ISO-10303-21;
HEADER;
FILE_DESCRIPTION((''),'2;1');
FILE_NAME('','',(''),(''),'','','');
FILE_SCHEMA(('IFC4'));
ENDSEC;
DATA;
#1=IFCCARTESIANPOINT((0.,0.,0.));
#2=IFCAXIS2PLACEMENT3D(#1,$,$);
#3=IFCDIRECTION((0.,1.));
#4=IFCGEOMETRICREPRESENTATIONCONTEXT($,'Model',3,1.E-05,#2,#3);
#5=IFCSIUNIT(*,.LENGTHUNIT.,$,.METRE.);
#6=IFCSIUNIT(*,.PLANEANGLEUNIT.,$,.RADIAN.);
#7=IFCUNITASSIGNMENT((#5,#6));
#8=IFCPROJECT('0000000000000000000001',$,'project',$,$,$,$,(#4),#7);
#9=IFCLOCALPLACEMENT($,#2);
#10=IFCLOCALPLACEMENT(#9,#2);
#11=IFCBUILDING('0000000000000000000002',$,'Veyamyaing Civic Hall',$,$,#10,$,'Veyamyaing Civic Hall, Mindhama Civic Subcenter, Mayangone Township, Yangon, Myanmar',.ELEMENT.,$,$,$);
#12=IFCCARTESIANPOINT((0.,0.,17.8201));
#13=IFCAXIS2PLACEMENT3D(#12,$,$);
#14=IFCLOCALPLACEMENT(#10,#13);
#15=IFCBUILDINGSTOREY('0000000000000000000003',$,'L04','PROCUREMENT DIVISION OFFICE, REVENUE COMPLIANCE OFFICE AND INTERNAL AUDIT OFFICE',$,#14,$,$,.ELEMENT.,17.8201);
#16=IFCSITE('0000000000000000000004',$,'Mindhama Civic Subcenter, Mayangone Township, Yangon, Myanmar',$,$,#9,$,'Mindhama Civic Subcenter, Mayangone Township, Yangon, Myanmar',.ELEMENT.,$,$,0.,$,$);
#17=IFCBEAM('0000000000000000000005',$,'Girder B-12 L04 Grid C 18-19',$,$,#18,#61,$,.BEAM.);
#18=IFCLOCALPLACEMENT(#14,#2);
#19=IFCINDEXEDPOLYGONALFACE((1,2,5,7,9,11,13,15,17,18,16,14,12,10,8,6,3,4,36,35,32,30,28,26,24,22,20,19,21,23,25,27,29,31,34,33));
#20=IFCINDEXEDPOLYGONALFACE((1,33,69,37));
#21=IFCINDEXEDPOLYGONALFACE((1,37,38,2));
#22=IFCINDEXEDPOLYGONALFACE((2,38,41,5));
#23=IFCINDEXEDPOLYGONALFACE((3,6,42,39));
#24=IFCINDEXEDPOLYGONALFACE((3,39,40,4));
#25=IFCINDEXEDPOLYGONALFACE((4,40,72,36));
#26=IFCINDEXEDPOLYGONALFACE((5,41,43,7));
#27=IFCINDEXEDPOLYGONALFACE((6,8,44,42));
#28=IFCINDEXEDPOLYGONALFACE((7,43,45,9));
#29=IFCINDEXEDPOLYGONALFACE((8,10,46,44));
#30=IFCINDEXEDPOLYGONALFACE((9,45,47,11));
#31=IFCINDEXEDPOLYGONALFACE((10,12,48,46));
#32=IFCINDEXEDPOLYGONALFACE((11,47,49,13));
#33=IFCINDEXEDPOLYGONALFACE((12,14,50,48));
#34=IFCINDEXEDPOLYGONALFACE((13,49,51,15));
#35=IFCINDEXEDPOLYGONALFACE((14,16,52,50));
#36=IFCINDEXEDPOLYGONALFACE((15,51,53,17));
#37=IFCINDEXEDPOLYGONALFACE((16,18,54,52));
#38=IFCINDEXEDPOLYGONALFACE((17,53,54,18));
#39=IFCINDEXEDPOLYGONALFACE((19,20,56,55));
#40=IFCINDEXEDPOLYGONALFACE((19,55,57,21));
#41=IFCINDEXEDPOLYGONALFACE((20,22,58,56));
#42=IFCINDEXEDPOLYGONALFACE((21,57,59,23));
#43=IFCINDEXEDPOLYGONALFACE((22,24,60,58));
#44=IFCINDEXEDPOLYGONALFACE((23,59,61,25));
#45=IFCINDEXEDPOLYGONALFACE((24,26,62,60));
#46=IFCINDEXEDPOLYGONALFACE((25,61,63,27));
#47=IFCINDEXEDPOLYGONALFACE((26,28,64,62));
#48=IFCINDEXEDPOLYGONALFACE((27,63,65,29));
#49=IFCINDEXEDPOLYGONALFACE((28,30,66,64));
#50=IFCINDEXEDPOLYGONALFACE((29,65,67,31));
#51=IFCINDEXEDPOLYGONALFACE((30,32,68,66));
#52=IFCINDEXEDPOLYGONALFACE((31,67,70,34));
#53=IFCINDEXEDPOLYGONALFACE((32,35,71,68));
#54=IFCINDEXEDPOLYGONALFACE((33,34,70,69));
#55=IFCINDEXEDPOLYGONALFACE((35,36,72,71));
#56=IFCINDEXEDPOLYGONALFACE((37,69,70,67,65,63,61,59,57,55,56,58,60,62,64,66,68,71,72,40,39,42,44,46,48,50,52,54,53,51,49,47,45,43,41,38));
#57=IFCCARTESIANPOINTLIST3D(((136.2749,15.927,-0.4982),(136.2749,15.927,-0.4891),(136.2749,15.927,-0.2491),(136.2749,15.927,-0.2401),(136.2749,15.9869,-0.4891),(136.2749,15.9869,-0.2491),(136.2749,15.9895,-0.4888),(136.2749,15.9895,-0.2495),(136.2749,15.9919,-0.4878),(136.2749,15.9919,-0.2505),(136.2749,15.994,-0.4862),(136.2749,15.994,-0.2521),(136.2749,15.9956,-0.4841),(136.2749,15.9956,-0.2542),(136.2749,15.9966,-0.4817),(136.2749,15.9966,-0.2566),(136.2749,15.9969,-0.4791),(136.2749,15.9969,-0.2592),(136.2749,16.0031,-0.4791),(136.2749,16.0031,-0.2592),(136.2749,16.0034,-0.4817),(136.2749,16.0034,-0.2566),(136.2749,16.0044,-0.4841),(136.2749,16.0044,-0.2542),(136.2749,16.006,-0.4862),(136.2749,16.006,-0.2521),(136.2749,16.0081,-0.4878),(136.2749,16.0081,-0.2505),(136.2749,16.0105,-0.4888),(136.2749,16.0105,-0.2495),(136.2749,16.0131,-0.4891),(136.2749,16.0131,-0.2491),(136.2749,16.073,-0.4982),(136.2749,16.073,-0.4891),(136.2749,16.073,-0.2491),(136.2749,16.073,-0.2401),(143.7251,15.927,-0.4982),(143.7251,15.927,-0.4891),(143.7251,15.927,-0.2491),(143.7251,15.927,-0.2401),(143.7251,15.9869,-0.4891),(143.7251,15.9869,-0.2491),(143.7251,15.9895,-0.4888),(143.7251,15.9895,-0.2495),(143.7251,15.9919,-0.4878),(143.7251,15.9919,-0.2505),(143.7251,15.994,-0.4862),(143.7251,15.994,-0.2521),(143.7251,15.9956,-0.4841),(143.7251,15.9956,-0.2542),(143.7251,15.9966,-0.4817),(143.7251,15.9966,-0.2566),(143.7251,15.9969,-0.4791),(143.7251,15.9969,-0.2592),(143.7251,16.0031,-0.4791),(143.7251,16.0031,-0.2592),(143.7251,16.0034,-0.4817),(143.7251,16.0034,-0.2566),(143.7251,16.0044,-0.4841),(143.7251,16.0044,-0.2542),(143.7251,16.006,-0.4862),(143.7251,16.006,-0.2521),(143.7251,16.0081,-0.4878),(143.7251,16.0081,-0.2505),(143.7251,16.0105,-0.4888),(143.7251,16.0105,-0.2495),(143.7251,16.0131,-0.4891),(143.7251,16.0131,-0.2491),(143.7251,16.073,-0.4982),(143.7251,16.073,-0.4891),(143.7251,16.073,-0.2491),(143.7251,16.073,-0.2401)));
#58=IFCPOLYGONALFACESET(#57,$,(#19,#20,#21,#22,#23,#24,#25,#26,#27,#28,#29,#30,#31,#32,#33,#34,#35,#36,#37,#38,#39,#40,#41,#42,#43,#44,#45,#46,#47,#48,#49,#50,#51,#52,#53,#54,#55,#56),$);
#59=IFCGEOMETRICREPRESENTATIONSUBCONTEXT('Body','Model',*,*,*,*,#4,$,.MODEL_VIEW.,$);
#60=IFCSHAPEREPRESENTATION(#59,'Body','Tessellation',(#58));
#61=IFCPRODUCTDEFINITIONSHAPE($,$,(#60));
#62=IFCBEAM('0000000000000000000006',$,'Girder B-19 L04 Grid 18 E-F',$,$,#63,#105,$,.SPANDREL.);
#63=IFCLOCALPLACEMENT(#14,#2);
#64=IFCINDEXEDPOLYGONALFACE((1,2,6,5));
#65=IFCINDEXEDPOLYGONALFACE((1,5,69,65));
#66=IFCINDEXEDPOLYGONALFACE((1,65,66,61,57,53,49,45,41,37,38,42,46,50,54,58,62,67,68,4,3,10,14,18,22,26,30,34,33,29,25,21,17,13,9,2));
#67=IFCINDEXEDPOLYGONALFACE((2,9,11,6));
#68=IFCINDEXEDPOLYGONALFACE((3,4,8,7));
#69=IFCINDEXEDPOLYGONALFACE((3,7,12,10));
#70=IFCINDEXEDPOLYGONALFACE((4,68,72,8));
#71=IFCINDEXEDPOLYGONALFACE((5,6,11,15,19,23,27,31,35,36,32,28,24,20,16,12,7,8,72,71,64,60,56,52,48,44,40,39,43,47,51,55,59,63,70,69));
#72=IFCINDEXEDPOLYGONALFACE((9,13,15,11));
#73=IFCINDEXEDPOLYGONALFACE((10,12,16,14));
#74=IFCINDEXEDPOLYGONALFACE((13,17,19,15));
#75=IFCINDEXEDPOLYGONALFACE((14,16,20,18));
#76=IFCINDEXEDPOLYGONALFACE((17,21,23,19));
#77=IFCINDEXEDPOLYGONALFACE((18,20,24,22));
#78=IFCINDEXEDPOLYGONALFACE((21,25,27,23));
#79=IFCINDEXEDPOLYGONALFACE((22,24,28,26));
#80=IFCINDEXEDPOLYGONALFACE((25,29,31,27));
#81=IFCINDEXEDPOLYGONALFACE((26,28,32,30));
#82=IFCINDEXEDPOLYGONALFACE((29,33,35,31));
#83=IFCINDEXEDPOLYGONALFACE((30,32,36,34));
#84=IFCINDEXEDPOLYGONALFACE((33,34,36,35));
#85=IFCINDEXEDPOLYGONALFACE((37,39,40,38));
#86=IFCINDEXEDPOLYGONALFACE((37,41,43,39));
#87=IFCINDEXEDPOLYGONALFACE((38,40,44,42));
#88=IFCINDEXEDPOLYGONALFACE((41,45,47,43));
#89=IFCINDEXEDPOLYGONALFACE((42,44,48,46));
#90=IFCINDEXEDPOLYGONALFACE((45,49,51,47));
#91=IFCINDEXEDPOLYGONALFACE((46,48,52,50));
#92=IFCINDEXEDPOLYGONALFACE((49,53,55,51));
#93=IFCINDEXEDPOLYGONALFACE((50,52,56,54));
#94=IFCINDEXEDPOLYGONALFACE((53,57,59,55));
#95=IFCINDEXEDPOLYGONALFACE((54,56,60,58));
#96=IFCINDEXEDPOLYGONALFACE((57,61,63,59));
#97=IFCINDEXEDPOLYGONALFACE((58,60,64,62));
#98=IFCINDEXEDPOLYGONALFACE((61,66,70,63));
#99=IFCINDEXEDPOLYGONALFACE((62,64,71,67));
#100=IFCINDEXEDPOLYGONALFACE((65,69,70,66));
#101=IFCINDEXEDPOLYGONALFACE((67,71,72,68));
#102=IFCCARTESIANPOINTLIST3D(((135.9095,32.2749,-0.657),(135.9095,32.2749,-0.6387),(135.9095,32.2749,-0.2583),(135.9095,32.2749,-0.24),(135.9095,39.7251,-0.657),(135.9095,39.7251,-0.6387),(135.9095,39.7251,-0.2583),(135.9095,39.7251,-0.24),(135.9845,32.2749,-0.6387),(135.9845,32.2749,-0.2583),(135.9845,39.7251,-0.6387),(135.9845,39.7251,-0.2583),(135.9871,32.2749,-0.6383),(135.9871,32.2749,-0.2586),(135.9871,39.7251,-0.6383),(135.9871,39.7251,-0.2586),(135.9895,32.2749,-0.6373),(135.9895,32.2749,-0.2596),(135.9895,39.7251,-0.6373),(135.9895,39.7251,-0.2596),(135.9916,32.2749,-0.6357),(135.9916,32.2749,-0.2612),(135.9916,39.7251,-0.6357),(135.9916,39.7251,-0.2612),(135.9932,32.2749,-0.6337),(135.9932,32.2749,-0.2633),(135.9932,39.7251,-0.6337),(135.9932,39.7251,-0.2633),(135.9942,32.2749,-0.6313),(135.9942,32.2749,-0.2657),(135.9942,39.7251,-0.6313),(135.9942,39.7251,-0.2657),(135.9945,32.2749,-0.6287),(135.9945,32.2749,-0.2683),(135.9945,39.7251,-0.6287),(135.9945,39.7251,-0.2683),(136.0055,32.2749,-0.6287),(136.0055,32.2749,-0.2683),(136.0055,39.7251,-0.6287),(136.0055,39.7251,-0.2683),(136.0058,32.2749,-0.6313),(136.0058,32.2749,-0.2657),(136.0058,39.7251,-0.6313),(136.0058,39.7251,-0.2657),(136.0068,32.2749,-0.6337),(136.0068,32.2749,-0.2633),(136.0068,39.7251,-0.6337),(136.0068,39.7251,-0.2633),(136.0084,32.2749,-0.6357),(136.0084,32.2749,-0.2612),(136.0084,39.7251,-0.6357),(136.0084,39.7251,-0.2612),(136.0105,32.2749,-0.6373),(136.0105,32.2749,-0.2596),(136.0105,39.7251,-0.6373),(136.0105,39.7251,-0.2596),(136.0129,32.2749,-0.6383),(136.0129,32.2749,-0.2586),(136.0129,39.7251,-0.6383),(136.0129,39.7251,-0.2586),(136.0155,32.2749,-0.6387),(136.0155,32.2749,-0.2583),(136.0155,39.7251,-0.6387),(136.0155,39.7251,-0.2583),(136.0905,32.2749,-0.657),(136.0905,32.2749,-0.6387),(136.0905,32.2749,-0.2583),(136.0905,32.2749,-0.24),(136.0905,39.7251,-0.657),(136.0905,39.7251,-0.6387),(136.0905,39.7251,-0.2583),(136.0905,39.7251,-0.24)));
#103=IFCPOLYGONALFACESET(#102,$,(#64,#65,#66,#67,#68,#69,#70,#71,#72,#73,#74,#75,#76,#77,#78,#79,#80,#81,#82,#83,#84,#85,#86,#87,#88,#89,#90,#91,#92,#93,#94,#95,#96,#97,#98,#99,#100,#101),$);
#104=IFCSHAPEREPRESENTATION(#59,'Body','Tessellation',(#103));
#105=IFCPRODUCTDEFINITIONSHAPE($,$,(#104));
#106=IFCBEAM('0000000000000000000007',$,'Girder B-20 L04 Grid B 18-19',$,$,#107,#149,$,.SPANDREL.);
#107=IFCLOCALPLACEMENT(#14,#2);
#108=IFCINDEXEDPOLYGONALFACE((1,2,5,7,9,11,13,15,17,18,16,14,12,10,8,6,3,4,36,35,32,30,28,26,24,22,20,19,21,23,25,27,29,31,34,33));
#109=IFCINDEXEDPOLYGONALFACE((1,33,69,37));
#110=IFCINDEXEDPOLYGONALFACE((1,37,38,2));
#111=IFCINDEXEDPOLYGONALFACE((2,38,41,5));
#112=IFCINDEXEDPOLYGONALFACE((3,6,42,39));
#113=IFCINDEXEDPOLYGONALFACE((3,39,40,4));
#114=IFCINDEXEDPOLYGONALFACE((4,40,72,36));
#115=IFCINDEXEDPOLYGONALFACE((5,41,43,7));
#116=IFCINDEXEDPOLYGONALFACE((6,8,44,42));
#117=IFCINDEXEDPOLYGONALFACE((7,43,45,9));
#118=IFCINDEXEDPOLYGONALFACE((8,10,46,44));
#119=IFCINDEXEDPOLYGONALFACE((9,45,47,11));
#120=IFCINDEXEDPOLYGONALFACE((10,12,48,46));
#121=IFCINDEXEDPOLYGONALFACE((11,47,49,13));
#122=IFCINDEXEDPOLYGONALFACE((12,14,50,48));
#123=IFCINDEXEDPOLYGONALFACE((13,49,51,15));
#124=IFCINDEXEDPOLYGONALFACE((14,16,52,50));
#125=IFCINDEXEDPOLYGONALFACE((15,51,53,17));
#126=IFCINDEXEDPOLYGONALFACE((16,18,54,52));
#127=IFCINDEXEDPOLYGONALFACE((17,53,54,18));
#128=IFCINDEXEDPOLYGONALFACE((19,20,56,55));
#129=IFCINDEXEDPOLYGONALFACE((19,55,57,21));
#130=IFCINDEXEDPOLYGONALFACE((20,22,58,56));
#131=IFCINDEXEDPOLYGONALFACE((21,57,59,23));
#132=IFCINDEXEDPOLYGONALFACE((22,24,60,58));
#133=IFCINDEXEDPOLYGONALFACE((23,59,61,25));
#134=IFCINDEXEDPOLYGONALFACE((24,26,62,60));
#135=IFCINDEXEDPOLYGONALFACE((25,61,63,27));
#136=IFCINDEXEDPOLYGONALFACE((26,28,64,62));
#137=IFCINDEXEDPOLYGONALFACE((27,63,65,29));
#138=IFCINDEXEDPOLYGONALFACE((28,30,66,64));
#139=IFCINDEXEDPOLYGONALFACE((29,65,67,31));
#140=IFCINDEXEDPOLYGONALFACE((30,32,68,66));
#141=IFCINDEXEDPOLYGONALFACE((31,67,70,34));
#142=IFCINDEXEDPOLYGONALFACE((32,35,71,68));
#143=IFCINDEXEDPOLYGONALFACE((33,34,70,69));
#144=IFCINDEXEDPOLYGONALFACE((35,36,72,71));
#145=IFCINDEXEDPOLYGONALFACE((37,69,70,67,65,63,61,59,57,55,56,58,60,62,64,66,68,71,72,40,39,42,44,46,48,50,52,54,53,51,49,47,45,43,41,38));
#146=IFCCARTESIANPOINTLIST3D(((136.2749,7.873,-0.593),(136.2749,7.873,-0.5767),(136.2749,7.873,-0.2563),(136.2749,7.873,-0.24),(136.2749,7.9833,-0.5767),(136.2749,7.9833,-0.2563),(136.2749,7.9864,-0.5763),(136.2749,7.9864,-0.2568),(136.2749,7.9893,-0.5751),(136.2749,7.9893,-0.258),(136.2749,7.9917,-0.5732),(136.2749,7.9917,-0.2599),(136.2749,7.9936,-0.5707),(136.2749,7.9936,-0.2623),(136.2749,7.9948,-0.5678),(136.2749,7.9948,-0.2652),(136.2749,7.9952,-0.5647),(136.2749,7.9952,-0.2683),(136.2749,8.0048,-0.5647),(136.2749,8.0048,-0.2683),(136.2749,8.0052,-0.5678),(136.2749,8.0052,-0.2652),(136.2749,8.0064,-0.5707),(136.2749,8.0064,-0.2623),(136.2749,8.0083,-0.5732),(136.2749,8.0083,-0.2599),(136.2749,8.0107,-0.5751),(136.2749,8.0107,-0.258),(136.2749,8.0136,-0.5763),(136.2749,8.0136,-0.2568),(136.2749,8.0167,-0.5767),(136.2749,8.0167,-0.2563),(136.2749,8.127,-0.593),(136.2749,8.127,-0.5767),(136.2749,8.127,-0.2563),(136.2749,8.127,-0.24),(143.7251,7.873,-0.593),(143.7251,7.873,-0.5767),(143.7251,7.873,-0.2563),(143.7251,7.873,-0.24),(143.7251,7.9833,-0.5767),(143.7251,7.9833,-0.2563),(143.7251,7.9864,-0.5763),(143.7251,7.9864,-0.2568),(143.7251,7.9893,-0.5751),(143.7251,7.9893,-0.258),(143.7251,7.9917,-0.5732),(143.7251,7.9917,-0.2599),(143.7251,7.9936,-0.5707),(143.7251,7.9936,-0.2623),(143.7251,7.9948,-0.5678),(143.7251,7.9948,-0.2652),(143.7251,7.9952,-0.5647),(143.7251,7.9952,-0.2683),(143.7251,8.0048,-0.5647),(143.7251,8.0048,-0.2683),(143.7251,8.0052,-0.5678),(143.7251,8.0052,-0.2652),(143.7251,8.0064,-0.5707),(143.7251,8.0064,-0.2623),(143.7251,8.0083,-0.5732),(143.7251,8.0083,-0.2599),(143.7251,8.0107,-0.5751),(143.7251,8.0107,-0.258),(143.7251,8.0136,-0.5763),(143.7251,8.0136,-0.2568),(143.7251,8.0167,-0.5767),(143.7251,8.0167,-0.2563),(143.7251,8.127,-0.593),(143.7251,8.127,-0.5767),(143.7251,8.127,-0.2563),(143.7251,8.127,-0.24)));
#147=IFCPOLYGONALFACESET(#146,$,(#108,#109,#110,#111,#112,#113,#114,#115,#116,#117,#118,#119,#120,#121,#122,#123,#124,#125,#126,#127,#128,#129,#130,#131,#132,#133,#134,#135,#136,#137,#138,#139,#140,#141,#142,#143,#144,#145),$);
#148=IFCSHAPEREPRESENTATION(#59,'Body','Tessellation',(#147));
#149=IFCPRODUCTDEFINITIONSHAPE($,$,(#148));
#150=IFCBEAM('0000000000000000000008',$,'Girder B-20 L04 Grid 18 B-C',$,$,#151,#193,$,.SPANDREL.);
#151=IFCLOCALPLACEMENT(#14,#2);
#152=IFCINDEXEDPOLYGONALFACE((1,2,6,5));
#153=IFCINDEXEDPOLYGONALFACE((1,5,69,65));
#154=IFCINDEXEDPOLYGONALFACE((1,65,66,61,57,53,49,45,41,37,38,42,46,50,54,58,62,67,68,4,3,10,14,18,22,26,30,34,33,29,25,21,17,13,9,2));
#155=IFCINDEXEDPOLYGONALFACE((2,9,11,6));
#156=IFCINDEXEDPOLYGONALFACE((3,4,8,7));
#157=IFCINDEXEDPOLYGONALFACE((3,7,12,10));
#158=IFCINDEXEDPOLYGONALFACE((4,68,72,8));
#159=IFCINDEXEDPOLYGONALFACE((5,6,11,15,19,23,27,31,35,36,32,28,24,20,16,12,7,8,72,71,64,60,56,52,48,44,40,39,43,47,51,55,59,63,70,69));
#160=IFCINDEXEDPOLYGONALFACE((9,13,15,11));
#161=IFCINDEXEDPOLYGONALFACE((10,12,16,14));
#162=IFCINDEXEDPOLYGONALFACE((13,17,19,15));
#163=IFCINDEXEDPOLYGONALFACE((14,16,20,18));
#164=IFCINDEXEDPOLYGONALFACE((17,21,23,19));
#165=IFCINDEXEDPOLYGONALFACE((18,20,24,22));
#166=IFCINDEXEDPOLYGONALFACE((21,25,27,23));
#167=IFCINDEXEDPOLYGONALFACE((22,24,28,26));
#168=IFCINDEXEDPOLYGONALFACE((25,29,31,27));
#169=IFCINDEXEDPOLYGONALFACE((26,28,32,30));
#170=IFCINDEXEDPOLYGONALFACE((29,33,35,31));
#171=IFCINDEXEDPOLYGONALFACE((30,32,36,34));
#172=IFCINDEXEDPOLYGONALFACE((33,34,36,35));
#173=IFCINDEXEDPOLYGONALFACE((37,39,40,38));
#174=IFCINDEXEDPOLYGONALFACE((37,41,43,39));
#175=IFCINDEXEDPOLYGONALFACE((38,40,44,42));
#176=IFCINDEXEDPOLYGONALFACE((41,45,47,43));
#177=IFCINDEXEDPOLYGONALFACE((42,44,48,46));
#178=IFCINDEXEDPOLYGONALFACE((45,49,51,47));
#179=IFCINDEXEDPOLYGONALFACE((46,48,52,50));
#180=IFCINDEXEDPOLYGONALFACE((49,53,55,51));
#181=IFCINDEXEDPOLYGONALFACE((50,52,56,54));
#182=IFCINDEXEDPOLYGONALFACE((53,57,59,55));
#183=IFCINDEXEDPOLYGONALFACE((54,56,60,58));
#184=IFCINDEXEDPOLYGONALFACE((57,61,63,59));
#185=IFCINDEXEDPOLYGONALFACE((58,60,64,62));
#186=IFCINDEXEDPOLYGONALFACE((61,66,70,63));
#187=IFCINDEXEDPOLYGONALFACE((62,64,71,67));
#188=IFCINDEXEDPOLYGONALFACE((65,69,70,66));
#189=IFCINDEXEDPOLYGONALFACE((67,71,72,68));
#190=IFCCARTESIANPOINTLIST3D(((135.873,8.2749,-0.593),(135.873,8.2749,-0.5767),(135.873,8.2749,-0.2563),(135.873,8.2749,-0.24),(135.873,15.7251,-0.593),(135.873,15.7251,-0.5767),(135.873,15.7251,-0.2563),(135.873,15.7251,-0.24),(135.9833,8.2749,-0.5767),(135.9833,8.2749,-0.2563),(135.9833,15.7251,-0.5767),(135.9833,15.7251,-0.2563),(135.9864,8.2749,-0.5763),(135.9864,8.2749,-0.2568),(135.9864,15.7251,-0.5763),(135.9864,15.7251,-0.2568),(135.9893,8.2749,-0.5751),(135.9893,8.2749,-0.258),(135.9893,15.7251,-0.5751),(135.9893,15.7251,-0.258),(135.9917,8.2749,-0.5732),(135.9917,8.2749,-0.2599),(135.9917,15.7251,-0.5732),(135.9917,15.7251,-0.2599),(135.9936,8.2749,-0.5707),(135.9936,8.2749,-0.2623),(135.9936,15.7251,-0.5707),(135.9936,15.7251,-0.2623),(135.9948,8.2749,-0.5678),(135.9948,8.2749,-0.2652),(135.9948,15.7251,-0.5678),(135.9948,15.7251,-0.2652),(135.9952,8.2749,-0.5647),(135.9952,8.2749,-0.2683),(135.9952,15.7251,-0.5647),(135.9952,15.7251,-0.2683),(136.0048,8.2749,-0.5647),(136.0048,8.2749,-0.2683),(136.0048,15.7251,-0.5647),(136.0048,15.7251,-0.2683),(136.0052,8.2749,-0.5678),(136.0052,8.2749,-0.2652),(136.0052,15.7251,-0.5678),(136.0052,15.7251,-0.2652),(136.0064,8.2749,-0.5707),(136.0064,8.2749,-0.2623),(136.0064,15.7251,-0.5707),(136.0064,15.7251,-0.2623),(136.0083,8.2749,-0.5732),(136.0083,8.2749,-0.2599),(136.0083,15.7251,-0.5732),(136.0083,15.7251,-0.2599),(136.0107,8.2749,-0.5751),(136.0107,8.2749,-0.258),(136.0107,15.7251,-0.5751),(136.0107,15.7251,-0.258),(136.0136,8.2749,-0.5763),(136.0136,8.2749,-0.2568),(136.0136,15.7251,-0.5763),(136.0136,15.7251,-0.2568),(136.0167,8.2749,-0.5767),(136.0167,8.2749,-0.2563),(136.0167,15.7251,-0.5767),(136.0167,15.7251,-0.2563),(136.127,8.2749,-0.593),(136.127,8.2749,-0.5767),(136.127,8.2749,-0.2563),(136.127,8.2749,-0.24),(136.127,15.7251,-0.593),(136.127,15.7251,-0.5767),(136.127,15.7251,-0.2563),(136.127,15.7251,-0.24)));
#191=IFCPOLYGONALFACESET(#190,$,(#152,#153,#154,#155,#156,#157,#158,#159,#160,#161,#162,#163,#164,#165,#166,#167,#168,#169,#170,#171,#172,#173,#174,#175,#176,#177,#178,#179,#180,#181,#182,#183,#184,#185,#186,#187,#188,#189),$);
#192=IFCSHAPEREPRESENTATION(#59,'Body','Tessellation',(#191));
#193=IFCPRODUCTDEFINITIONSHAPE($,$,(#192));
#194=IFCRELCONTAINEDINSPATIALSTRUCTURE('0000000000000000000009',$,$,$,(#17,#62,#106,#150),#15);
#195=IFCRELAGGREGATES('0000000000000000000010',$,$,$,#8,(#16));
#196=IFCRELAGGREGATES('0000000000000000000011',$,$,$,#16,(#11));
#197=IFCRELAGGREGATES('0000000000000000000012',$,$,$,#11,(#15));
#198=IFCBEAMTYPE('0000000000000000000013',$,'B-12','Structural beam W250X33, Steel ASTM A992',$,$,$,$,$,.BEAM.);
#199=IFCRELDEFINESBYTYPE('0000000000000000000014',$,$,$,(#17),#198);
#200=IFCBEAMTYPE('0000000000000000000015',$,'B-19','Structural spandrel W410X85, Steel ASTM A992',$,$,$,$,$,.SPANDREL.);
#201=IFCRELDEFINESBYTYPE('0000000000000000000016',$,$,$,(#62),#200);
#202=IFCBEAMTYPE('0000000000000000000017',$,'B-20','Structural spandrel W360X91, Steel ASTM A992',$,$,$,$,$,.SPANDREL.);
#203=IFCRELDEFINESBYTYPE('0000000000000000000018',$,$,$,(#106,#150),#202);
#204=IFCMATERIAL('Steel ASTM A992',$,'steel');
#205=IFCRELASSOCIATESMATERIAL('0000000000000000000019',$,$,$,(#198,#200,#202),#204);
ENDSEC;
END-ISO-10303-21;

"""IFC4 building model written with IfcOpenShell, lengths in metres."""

from ifc_helpers import new_model, si_unit, direction, frame, origin, origin_2d, place, context, subcontext, project, spatial, i_section, extrude, material, material_profile, profile_set, type_object, element, save


model = new_model("IFC4")

# Units and contexts
model_context = context("Model", 3, precision=1e-05, world=origin(), true_north=direction((0.0, 1.0)))
body_context = subcontext(model_context, "Body", "Model", "MODEL_VIEW")
ifc_project = project(units=[si_unit("LENGTHUNIT", "METRE"), si_unit("PLANEANGLEUNIT", "RADIAN")], contexts=[model_context])

# Site, building, storey
site_placement = place(None, origin())
site = spatial("IfcSite", under=ifc_project, at=site_placement, Name="Mindhama Civic Subcenter, Mayangone Township, Yangon, Myanmar", LongName="Mindhama Civic Subcenter, Mayangone Township, Yangon, Myanmar", CompositionType="ELEMENT", RefElevation=0.0)
building_placement = place(site_placement, origin())
building = spatial("IfcBuilding", under=site, at=building_placement, Name="Veyamyaing Civic Hall", LongName="Veyamyaing Civic Hall, Mindhama Civic Subcenter, Mayangone Township, Yangon, Myanmar", CompositionType="ELEMENT")
storey_placement = place(building_placement, frame((0.0, 0.0, 17.8201)))
storey = spatial("IfcBuildingStorey", under=building, at=storey_placement, Name="L04", Description="PROCUREMENT DIVISION OFFICE, REVENUE COMPLIANCE OFFICE AND INTERNAL AUDIT OFFICE", CompositionType="ELEMENT", Elevation=17.8201)

# Beams
ifc_material_1 = material(Name="Steel ASTM A992", Category="steel")
ifc_material_profile_1 = material_profile(ifc_material_1, i_section(OverallWidth=0.146, OverallDepth=0.2581, WebThickness=0.0061, FlangeThickness=0.009, FilletRadius=0.01, at=origin_2d()), Name="W250X33")
ifc_profile_set_1 = profile_set([ifc_material_profile_1], Name="Steel ASTM A992")
beam_type_1 = type_object("IfcBeamType", Name="B-12", Description="Structural beam W250X33, Steel ASTM A992", PredefinedType="BEAM", material=ifc_profile_set_1)
beam_1_placement = place(storey_placement, frame((136.2749, 16.0, -0.3691), z_axis=(1.0, 0.0, 0.0), x_axis=(0.0, 1.0, 0.0)))
element("IfcBeam", 1, at=beam_1_placement, inside=storey, type_object=beam_type_1, Name="Girder B-12 L04 Grid C 18-19", PredefinedType="BEAM", context=body_context, shape_type="SweptSolid", body=[
    extrude(i_section(OverallWidth=0.146, OverallDepth=0.2581, WebThickness=0.0061, FlangeThickness=0.009, FilletRadius=0.01, at=origin_2d()), origin(), (0.0, 0.0, 1.0), 7.4502),
])
ifc_material_profile_2 = material_profile(ifc_material_1, i_section(OverallWidth=0.1809, OverallDepth=0.417, WebThickness=0.011, FlangeThickness=0.0183, FilletRadius=0.01, at=origin_2d()), Name="W410X85")
ifc_profile_set_2 = profile_set([ifc_material_profile_2], Name="Steel ASTM A992")
beam_type_2 = type_object("IfcBeamType", Name="B-19", Description="Structural spandrel W410X85, Steel ASTM A992", PredefinedType="SPANDREL", material=ifc_profile_set_2)
beam_2_placement = place(storey_placement, frame((136.0, 32.2749, -0.4485), z_axis=(0.0, 1.0, 0.0), x_axis=(-1.0, 0.0, 0.0)))
element("IfcBeam", 2, at=beam_2_placement, inside=storey, type_object=beam_type_2, Name="Girder B-19 L04 Grid 18 E-F", PredefinedType="SPANDREL", context=body_context, shape_type="SweptSolid", body=[
    extrude(i_section(OverallWidth=0.1809, OverallDepth=0.417, WebThickness=0.011, FlangeThickness=0.0183, FilletRadius=0.01, at=origin_2d()), origin(), (0.0, 0.0, 1.0), 7.4502),
])
ifc_material_profile_3 = material_profile(ifc_material_1, i_section(OverallWidth=0.2539, OverallDepth=0.353, WebThickness=0.0095, FlangeThickness=0.0164, FilletRadius=0.012, at=origin_2d()), Name="W360X91")
ifc_profile_set_3 = profile_set([ifc_material_profile_3], Name="Steel ASTM A992")
beam_type_3 = type_object("IfcBeamType", Name="B-20", Description="Structural spandrel W360X91, Steel ASTM A992", PredefinedType="SPANDREL", material=ifc_profile_set_3)
for number, where, z_axis, x_axis, name in (
    (3, (136.2749, 8.0, -0.4165), (1.0, 0.0, 0.0), (0.0, 1.0, 0.0), "Girder B-20 L04 Grid B 18-19"),
    (4, (136.0, 8.2749, -0.4165), (0.0, 1.0, 0.0), (-1.0, 0.0, 0.0), "Girder B-20 L04 Grid 18 B-C"),
):
    element("IfcBeam", number, at=place(storey_placement, frame(where, z_axis=z_axis, x_axis=x_axis)), inside=storey, type_object=beam_type_3, Name=name, PredefinedType="SPANDREL", context=body_context, shape_type="SweptSolid", body=[
        extrude(i_section(OverallWidth=0.2539, OverallDepth=0.353, WebThickness=0.0095, FlangeThickness=0.0164, FilletRadius=0.012, at=origin_2d()), origin(), (0.0, 0.0, 1.0), 7.4502),
    ])

save(model, "model.ifc")
